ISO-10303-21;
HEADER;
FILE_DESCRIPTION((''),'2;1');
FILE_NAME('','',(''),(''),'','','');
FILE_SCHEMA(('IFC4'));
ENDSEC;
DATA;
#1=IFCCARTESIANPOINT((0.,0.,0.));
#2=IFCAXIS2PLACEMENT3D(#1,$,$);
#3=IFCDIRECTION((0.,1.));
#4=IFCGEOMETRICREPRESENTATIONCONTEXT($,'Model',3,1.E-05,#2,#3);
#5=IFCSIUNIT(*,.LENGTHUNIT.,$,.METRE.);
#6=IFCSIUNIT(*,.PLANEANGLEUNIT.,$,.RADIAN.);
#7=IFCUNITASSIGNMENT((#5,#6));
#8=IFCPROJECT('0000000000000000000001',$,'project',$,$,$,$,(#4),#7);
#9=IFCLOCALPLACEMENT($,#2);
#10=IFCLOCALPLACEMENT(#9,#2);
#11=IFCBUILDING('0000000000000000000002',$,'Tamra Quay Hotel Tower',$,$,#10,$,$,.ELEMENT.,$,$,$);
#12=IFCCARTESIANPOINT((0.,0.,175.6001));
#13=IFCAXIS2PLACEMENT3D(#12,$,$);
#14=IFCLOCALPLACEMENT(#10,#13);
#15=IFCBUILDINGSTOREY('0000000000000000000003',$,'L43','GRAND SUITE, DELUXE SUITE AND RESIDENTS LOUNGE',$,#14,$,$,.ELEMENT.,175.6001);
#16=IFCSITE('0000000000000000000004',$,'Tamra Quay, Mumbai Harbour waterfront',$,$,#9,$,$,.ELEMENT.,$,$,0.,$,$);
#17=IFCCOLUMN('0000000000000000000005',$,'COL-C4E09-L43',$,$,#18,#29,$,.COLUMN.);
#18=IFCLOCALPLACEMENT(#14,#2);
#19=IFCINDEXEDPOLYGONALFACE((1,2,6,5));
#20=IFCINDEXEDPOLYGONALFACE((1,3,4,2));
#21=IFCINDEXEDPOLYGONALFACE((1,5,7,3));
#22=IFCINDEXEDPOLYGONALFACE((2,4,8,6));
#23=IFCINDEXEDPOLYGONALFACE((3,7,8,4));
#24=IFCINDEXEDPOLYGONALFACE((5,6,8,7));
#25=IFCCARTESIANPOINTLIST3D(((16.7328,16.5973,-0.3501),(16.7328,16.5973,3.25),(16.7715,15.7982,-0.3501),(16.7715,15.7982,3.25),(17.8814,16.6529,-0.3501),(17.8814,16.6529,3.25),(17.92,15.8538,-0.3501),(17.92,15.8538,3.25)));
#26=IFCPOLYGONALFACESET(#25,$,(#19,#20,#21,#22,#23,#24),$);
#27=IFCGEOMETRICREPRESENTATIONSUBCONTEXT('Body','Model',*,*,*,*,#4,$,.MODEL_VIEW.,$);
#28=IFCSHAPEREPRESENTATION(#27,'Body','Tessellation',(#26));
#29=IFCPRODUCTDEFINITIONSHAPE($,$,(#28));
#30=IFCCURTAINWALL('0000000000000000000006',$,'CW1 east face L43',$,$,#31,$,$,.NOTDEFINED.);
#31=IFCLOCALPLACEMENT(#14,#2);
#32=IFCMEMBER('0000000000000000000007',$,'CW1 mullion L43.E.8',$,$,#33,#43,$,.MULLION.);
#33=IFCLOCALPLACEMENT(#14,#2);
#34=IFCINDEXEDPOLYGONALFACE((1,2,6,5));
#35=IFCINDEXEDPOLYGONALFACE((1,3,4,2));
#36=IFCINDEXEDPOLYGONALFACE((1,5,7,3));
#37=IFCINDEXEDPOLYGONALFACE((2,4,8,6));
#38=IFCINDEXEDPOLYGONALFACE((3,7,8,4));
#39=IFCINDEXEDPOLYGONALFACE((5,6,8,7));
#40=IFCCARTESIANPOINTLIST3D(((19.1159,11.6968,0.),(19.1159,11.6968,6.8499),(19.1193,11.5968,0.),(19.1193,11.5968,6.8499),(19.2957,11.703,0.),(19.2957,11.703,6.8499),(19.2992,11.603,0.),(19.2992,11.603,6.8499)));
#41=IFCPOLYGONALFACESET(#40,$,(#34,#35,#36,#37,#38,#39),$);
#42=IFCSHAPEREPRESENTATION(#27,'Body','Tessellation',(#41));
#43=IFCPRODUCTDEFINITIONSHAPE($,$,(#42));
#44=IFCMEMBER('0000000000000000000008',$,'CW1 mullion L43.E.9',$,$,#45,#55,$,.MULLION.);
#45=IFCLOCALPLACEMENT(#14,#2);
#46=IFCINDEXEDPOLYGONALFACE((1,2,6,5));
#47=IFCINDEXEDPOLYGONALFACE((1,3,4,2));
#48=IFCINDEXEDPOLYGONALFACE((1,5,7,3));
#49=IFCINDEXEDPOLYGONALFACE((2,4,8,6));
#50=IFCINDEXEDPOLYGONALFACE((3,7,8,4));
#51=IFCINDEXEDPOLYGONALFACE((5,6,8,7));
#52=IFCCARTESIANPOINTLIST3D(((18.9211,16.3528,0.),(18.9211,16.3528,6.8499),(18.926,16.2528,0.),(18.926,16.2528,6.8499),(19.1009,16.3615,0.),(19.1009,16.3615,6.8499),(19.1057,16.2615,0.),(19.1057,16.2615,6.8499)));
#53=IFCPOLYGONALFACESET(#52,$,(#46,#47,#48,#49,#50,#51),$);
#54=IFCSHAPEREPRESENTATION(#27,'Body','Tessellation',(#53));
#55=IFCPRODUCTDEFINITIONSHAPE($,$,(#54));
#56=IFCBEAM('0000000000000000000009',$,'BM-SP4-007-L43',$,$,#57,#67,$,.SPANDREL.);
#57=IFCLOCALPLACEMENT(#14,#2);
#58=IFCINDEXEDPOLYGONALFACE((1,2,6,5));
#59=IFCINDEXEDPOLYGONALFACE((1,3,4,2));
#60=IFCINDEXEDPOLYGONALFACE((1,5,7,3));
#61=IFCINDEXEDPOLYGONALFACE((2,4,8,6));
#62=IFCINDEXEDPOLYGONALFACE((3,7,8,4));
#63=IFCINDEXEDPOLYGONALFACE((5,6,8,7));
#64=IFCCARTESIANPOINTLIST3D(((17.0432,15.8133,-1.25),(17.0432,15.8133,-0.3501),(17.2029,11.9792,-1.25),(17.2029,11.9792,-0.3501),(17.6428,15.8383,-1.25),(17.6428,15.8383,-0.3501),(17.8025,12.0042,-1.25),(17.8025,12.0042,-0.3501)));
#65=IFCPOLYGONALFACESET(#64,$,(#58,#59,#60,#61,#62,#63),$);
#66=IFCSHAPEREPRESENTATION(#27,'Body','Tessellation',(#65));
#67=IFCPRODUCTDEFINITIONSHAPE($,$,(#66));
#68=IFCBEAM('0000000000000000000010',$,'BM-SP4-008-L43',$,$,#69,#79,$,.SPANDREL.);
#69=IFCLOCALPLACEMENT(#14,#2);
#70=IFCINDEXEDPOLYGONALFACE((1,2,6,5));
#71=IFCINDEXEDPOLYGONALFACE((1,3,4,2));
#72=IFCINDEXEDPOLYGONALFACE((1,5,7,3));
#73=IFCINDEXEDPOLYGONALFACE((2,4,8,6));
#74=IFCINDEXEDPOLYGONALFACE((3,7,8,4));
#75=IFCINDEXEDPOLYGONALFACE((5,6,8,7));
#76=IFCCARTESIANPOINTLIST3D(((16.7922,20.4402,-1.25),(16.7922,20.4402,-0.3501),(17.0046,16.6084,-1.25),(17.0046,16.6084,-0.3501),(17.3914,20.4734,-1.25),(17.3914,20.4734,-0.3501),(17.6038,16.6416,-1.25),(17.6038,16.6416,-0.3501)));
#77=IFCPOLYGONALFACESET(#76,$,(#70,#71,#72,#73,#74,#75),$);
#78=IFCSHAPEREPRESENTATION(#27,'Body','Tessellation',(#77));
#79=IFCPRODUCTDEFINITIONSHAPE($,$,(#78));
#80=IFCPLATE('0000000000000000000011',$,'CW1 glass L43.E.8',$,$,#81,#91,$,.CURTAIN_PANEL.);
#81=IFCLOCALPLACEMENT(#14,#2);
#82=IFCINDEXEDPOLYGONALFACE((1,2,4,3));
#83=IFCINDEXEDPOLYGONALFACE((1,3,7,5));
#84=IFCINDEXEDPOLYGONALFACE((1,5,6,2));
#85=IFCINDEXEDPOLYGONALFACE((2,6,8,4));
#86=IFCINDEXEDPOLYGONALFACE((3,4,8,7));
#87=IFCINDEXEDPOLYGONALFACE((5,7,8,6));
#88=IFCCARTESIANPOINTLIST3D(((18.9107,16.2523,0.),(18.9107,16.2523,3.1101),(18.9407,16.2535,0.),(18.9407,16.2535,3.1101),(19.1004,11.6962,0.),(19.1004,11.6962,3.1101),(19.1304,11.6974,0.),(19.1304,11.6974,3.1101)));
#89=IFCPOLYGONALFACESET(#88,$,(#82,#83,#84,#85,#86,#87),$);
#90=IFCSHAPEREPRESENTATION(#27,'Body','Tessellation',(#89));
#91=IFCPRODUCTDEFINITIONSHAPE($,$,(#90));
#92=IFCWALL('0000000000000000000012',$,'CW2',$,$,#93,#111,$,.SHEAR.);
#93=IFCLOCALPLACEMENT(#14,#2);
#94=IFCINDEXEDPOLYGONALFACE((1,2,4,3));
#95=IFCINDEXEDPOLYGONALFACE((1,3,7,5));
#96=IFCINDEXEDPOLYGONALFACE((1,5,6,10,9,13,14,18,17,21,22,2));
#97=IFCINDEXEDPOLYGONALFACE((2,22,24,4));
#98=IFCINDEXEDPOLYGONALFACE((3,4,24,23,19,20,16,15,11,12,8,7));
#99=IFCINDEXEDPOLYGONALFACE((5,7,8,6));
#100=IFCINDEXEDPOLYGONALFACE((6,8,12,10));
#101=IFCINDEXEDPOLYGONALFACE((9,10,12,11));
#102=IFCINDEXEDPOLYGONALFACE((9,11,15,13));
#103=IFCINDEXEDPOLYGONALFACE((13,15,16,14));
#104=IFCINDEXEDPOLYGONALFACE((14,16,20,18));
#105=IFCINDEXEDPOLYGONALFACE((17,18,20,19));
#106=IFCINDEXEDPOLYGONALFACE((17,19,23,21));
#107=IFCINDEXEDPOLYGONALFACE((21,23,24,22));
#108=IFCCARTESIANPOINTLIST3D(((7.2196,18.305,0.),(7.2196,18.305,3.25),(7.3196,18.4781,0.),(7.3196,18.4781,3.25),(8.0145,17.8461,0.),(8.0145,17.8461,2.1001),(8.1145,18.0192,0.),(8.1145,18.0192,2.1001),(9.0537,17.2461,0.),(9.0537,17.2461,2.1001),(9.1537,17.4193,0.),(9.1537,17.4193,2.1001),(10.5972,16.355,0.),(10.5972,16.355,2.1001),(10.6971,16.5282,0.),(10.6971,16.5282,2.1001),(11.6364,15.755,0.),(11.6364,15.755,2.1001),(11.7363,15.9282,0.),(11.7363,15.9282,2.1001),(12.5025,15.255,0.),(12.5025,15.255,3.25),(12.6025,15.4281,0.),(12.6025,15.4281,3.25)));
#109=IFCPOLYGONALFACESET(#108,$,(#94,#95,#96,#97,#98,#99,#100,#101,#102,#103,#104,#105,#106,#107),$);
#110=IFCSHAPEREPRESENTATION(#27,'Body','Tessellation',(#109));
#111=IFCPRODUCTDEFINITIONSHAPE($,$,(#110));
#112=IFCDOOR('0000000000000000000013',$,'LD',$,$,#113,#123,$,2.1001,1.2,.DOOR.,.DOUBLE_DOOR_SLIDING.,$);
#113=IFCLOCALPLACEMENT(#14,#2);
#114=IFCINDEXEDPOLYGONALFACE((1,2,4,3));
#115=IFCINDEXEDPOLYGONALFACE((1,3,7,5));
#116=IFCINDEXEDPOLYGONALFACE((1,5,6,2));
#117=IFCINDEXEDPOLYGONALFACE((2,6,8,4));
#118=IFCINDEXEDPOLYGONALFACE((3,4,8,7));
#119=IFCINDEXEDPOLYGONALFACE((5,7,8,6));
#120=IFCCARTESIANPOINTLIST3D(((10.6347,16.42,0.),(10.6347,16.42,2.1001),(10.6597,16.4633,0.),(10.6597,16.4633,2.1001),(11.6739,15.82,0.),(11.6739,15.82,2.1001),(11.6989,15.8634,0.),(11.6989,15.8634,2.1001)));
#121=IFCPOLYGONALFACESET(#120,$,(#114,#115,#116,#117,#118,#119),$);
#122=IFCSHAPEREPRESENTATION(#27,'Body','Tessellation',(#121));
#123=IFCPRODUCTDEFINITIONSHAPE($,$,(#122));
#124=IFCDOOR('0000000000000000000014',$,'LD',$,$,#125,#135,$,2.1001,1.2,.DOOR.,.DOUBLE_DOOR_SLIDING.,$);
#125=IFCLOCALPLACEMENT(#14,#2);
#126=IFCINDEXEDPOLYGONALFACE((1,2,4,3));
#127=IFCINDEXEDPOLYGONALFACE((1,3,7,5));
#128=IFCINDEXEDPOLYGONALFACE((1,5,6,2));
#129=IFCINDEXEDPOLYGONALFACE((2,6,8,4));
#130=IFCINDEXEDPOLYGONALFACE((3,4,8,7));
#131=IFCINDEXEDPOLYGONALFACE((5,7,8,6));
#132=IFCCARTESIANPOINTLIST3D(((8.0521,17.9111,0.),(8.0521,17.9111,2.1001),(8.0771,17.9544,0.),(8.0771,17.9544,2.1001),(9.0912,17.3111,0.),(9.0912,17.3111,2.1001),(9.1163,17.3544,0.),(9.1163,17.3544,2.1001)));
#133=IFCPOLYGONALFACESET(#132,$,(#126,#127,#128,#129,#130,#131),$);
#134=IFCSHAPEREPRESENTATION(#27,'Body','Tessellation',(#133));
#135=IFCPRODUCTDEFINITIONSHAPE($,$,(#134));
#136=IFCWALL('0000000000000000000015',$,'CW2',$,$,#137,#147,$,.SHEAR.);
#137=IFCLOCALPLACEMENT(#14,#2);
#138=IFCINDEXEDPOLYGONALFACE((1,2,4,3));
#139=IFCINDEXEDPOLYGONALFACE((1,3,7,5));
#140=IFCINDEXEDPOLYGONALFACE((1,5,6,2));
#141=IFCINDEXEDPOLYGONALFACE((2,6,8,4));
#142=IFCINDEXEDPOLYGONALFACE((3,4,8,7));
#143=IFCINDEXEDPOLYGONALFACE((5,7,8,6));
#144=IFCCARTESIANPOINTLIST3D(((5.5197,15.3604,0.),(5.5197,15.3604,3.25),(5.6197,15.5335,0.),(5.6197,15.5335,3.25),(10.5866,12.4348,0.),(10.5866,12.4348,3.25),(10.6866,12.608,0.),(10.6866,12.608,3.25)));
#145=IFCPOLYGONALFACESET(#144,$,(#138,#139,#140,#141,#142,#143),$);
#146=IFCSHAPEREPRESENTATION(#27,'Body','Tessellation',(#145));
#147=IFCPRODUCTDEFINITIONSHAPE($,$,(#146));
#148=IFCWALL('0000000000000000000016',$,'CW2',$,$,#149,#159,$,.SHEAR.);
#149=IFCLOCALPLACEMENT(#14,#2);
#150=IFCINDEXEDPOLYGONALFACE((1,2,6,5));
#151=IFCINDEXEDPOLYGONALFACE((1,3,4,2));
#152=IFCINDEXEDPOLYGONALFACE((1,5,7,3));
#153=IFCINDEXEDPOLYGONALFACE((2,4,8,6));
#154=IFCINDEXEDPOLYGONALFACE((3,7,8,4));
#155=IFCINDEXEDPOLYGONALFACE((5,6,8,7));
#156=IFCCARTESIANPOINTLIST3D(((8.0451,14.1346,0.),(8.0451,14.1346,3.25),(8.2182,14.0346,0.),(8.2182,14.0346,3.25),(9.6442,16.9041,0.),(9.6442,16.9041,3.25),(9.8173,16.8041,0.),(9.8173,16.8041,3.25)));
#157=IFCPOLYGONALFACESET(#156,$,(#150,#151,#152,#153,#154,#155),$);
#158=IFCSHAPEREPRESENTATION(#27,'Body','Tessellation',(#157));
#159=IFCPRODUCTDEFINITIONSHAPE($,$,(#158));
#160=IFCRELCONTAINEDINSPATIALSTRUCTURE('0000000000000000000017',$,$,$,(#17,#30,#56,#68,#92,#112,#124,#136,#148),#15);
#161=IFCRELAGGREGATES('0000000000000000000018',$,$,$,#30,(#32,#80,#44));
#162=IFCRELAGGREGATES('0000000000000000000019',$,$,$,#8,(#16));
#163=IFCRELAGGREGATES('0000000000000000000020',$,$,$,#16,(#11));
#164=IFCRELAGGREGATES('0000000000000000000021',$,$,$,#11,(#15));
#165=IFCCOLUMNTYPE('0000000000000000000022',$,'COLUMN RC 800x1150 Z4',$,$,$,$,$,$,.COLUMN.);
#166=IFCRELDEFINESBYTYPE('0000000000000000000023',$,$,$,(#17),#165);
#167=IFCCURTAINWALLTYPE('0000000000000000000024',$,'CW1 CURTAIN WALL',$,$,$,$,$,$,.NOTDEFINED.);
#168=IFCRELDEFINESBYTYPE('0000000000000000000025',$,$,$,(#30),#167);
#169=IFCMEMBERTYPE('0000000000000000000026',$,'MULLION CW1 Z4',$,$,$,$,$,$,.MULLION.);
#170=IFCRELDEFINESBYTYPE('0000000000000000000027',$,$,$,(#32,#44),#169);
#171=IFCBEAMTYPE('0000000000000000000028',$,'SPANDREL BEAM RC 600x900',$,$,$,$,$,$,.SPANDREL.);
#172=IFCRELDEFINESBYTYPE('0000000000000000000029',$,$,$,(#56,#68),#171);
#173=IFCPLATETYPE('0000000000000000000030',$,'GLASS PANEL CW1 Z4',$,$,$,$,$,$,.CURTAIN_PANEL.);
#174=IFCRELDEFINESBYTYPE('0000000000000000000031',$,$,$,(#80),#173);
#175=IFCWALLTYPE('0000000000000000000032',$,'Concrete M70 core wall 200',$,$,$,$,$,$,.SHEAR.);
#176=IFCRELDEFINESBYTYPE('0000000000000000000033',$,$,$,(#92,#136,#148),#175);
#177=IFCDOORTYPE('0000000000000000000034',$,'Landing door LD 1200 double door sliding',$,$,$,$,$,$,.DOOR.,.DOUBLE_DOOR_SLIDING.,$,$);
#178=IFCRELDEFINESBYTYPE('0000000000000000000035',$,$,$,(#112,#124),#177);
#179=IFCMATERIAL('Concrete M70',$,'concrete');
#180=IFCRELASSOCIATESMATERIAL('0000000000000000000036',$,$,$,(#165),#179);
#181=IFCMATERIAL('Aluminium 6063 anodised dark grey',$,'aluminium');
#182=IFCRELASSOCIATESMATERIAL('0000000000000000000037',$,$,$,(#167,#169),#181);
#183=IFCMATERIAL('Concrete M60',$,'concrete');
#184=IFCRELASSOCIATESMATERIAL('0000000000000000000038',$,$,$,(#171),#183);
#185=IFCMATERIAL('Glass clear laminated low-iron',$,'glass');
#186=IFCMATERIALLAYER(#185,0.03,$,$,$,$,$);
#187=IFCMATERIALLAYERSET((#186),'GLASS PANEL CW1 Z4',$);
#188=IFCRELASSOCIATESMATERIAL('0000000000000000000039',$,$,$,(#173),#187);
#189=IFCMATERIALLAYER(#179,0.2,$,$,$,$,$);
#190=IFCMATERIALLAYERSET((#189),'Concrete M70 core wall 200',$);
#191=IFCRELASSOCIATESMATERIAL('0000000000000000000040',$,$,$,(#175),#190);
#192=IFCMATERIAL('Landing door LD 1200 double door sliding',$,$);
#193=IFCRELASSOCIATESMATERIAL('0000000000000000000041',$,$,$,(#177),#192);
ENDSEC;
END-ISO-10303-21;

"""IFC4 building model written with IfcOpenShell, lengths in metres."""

from ifc_helpers import new_model, si_unit, direction, frame, frame_2d, origin, origin_2d, place, context, subcontext, project, spatial, rectangle, extrude, material, layer, layer_set, material_profile, profile_set, type_object, element, fill, aggregate, save


model = new_model("IFC4")

# Units and contexts
model_context = context("Model", 3, precision=1e-05, world=origin(), true_north=direction((0.0, 1.0)))
body_context = subcontext(model_context, "Body", "Model", "MODEL_VIEW")
ifc_project = project(units=[si_unit("LENGTHUNIT", "METRE"), si_unit("PLANEANGLEUNIT", "RADIAN")], contexts=[model_context])

# Site, building, storey
site_placement = place(None, origin())
site = spatial("IfcSite", under=ifc_project, at=site_placement, Name="Tamra Quay, Mumbai Harbour waterfront", CompositionType="ELEMENT", RefElevation=0.0)
building_placement = place(site_placement, origin())
building = spatial("IfcBuilding", under=site, at=building_placement, Name="Tamra Quay Hotel Tower", CompositionType="ELEMENT")
storey_placement = place(building_placement, frame((0.0, 0.0, 175.6001)))
storey = spatial("IfcBuildingStorey", under=building, at=storey_placement, Name="L43", Description="GRAND SUITE, DELUXE SUITE AND RESIDENTS LOUNGE", CompositionType="ELEMENT", Elevation=175.6001)

# Column
ifc_material_1 = material(Name="Concrete M70", Category="concrete")
ifc_material_profile_1 = material_profile(ifc_material_1, rectangle(XDim=1.1499, YDim=0.8, at=origin_2d()), Name="COLUMN RC 800x1150 Z4")
ifc_profile_set_1 = profile_set([ifc_material_profile_1], Name="Concrete M70")
column_type = type_object("IfcColumnType", Name="COLUMN RC 800x1150 Z4", PredefinedType="COLUMN", material=ifc_profile_set_1)
column_placement = place(storey_placement, frame((17.3264, 16.2256, -0.3501), z_axis=(0.0, 0.0, 1.0), x_axis=(0.998831, 0.048344, 0.0)))
element("IfcColumn", 1, at=column_placement, inside=storey, type_object=column_type, Name="COL-C4E09-L43", PredefinedType="COLUMN", context=body_context, shape_type="SweptSolid", body=[
    extrude(rectangle(XDim=1.1499, YDim=0.8, at=origin_2d()), origin(), (0.0, 0.0, 1.0), 3.6001),
])

# Curtain wall, members
ifc_material_2 = material(Name="Aluminium 6063 anodised dark grey", Category="aluminium")
curtain_wall_type = type_object("IfcCurtainWallType", Name="CW1 CURTAIN WALL", PredefinedType="NOTDEFINED", material=ifc_material_2)
curtain_wall_placement = place(storey_placement, origin())
curtain_wall = element("IfcCurtainWall", 2, at=curtain_wall_placement, inside=storey, type_object=curtain_wall_type, Name="CW1 east face L43", PredefinedType="NOTDEFINED")
ifc_material_profile_2 = material_profile(ifc_material_2, rectangle(XDim=0.1799, YDim=0.1001, at=origin_2d()), Name="MULLION 100X180")
ifc_profile_set_2 = profile_set([ifc_material_profile_2], Name="Aluminium 6063 anodised dark grey")
member_type = type_object("IfcMemberType", Name="MULLION CW1 Z4", PredefinedType="MULLION", material=ifc_profile_set_2)
member_1_placement = place(storey_placement, frame((19.2075, 11.6499, 0.0), z_axis=(0.0, 0.0, 1.0), x_axis=(0.999399, 0.034678, 0.0)))
member_1 = element("IfcMember", 3, at=member_1_placement, type_object=member_type, Name="CW1 mullion L43.E.8", PredefinedType="MULLION", context=body_context, shape_type="SweptSolid", body=[
    extrude(rectangle(XDim=0.1799, YDim=0.1001, at=origin_2d()), origin(), (0.0, 0.0, 1.0), 6.8499),
])
member_2_placement = place(storey_placement, frame((19.0134, 16.3071, 0.0), z_axis=(0.0, 0.0, 1.0), x_axis=(0.998823, 0.04851, 0.0)))
member_2 = element("IfcMember", 4, at=member_2_placement, type_object=member_type, Name="CW1 mullion L43.E.9", PredefinedType="MULLION", context=body_context, shape_type="SweptSolid", body=[
    extrude(rectangle(XDim=0.1799, YDim=0.1001, at=origin_2d()), origin(), (0.0, 0.0, 1.0), 6.8499),
])

# Beams
ifc_material_3 = material(Name="Concrete M60", Category="concrete")
ifc_material_profile_3 = material_profile(ifc_material_3, rectangle(XDim=0.6001, YDim=0.8999, at=origin_2d()), Name="SPANDREL BEAM RC 600x900")
ifc_profile_set_3 = profile_set([ifc_material_profile_3], Name="Concrete M60")
beam_type = type_object("IfcBeamType", Name="SPANDREL BEAM RC 600x900", PredefinedType="SPANDREL", material=ifc_profile_set_3)
beam_1_placement = place(storey_placement, frame((17.5027, 11.9917, -0.8), z_axis=(-0.041609, 0.999134, 0.0), x_axis=(-0.999134, -0.041609, 0.0)))
element("IfcBeam", 5, at=beam_1_placement, inside=storey, type_object=beam_type, Name="BM-SP4-007-L43", PredefinedType="SPANDREL", context=body_context, shape_type="SweptSolid", body=[
    extrude(rectangle(XDim=0.6001, YDim=0.8999, at=origin_2d()), origin(), (0.0, 0.0, 1.0), 3.8374),
])
beam_2_placement = place(storey_placement, frame((17.3042, 16.625, -0.8), z_axis=(-0.055347, 0.998467, 0.0), x_axis=(-0.998467, -0.055347, 0.0)))
element("IfcBeam", 6, at=beam_2_placement, inside=storey, type_object=beam_type, Name="BM-SP4-008-L43", PredefinedType="SPANDREL", context=body_context, shape_type="SweptSolid", body=[
    extrude(rectangle(XDim=0.6001, YDim=0.8999, at=origin_2d()), origin(), (0.0, 0.0, 1.0), 3.8376),
])

# Plate
ifc_material_4 = material(Name="Glass clear laminated low-iron", Category="glass")
ifc_layer_1 = layer(ifc_material_4, 0.03)
ifc_layer_set_1 = layer_set([ifc_layer_1], Name="GLASS PANEL CW1 Z4")
plate_type = type_object("IfcPlateType", Name="GLASS PANEL CW1 Z4", PredefinedType="CURTAIN_PANEL", material=ifc_layer_set_1)
plate_placement = place(storey_placement, frame((19.0205, 13.9749, 0.0), z_axis=(0.0, 0.0, 1.0), x_axis=(-0.0416, 0.999134, 0.0)))
plate = element("IfcPlate", 7, at=plate_placement, type_object=plate_type, Name="CW1 glass L43.E.8", PredefinedType="CURTAIN_PANEL", context=body_context, shape_type="SweptSolid", body=[
    extrude(rectangle(XDim=4.5601, YDim=0.03, at=origin_2d()), origin(), (0.0, 0.0, 1.0), 3.1101),
])
aggregate(curtain_wall, [member_1, plate, member_2])

# Wall, openings, doors
ifc_layer_2 = layer(ifc_material_1, 0.2)
ifc_layer_set_2 = layer_set([ifc_layer_2], Name="Concrete M70 core wall 200")
wall_type_1 = type_object("IfcWallType", Name="Concrete M70 core wall 200", PredefinedType="SHEAR", material=ifc_layer_set_2)
wall_1_placement = place(storey_placement, frame((12.5525, 15.3416, 0.0), z_axis=(0.0, 0.0, 1.0), x_axis=(-0.86603, 0.499992, 0.0)))
wall_1 = element("IfcWall", 8, at=wall_1_placement, inside=storey, type_object=wall_type_1, Name="CW2", PredefinedType="SHEAR", context=body_context, shape_type="SweptSolid", body=[
    extrude(rectangle(XDim=6.1001, YDim=0.2, at=frame_2d((3.05, 0.0))), origin(), (0.0, 0.0, 1.0), 3.25),
])
opening_1_placement = place(wall_1_placement, frame((1.0, 0.0, 0.0)))
opening_1 = element("IfcOpeningElement", 9, at=opening_1_placement, cuts=wall_1, PredefinedType="OPENING", context=body_context, shape_type="SweptSolid", body=[
    extrude(rectangle(XDim=1.2, YDim=2.1001, at=frame_2d((0.6001, 1.05))), frame((0.0, 0.1099, 0.0), z_axis=(0.0, -1.0, 0.0), x_axis=(1.0, 0.0, 0.0)), (0.0, 0.0, 1.0), 0.22),
])
opening_2_placement = place(wall_1_placement, frame((3.9822, 0.0, 0.0)))
opening_2 = element("IfcOpeningElement", 10, at=opening_2_placement, cuts=wall_1, PredefinedType="OPENING", context=body_context, shape_type="SweptSolid", body=[
    extrude(rectangle(XDim=1.2, YDim=2.1001, at=frame_2d((0.6001, 1.05))), frame((0.0, 0.1099, 0.0), z_axis=(0.0, -1.0, 0.0), x_axis=(1.0, 0.0, 0.0)), (0.0, 0.0, 1.0), 0.22),
])
ifc_material_5 = material(Name="Landing door LD 1200 double door sliding")
door_type_1 = type_object("IfcDoorType", Name="Landing door LD 1200 double door sliding", OperationType="DOUBLE_DOOR_SLIDING", PredefinedType="DOOR", material=ifc_material_5)
door_1_placement = place(opening_1_placement, origin())
door_1 = element("IfcDoor", 11, at=door_1_placement, inside=storey, type_object=door_type_1, Name="LD", OperationType="DOUBLE_DOOR_SLIDING", OverallHeight=2.1001, OverallWidth=1.2, PredefinedType="DOOR", context=body_context, shape_type="SweptSolid", body=[
    extrude(rectangle(XDim=1.2, YDim=2.1001, at=frame_2d((0.6001, 1.05))), frame((0.0, 0.0249, 0.0), z_axis=(0.0, -1.0, 0.0), x_axis=(1.0, 0.0, 0.0)), (0.0, 0.0, 1.0), 0.05),
])
fill(opening_1, door_1)
door_2_placement = place(opening_2_placement, origin())
door_2 = element("IfcDoor", 12, at=door_2_placement, inside=storey, type_object=door_type_1, Name="LD", OperationType="DOUBLE_DOOR_SLIDING", OverallHeight=2.1001, OverallWidth=1.2, PredefinedType="DOOR", context=body_context, shape_type="SweptSolid", body=[
    extrude(rectangle(XDim=1.2, YDim=2.1001, at=frame_2d((0.6001, 1.05))), frame((0.0, 0.0249, 0.0), z_axis=(0.0, -1.0, 0.0), x_axis=(1.0, 0.0, 0.0)), (0.0, 0.0, 1.0), 0.05),
])
fill(opening_2, door_2)

# Walls
wall_2_placement = place(storey_placement, frame((10.6365, 12.5215, 0.0), z_axis=(0.0, 0.0, 1.0), x_axis=(-0.866013, 0.500021, 0.0)))
element("IfcWall", 13, at=wall_2_placement, inside=storey, type_object=wall_type_1, Name="CW2", PredefinedType="SHEAR", context=body_context, shape_type="SweptSolid", body=[
    extrude(rectangle(XDim=5.8508, YDim=0.2, at=frame_2d((2.9253, 0.0))), origin(), (0.0, 0.0, 1.0), 3.25),
])
wall_3_placement = place(storey_placement, frame((8.1316, 14.0845, 0.0), z_axis=(0.0, 0.0, 1.0), x_axis=(0.500031, 0.866008, 0.0)))
element("IfcWall", 14, at=wall_3_placement, inside=storey, type_object=wall_type_1, Name="CW2", PredefinedType="SHEAR", context=body_context, shape_type="SweptSolid", body=[
    extrude(rectangle(XDim=3.198, YDim=0.2, at=frame_2d((1.5991, 0.0))), origin(), (0.0, 0.0, 1.0), 3.25),
])

save(model, "model.ifc")
